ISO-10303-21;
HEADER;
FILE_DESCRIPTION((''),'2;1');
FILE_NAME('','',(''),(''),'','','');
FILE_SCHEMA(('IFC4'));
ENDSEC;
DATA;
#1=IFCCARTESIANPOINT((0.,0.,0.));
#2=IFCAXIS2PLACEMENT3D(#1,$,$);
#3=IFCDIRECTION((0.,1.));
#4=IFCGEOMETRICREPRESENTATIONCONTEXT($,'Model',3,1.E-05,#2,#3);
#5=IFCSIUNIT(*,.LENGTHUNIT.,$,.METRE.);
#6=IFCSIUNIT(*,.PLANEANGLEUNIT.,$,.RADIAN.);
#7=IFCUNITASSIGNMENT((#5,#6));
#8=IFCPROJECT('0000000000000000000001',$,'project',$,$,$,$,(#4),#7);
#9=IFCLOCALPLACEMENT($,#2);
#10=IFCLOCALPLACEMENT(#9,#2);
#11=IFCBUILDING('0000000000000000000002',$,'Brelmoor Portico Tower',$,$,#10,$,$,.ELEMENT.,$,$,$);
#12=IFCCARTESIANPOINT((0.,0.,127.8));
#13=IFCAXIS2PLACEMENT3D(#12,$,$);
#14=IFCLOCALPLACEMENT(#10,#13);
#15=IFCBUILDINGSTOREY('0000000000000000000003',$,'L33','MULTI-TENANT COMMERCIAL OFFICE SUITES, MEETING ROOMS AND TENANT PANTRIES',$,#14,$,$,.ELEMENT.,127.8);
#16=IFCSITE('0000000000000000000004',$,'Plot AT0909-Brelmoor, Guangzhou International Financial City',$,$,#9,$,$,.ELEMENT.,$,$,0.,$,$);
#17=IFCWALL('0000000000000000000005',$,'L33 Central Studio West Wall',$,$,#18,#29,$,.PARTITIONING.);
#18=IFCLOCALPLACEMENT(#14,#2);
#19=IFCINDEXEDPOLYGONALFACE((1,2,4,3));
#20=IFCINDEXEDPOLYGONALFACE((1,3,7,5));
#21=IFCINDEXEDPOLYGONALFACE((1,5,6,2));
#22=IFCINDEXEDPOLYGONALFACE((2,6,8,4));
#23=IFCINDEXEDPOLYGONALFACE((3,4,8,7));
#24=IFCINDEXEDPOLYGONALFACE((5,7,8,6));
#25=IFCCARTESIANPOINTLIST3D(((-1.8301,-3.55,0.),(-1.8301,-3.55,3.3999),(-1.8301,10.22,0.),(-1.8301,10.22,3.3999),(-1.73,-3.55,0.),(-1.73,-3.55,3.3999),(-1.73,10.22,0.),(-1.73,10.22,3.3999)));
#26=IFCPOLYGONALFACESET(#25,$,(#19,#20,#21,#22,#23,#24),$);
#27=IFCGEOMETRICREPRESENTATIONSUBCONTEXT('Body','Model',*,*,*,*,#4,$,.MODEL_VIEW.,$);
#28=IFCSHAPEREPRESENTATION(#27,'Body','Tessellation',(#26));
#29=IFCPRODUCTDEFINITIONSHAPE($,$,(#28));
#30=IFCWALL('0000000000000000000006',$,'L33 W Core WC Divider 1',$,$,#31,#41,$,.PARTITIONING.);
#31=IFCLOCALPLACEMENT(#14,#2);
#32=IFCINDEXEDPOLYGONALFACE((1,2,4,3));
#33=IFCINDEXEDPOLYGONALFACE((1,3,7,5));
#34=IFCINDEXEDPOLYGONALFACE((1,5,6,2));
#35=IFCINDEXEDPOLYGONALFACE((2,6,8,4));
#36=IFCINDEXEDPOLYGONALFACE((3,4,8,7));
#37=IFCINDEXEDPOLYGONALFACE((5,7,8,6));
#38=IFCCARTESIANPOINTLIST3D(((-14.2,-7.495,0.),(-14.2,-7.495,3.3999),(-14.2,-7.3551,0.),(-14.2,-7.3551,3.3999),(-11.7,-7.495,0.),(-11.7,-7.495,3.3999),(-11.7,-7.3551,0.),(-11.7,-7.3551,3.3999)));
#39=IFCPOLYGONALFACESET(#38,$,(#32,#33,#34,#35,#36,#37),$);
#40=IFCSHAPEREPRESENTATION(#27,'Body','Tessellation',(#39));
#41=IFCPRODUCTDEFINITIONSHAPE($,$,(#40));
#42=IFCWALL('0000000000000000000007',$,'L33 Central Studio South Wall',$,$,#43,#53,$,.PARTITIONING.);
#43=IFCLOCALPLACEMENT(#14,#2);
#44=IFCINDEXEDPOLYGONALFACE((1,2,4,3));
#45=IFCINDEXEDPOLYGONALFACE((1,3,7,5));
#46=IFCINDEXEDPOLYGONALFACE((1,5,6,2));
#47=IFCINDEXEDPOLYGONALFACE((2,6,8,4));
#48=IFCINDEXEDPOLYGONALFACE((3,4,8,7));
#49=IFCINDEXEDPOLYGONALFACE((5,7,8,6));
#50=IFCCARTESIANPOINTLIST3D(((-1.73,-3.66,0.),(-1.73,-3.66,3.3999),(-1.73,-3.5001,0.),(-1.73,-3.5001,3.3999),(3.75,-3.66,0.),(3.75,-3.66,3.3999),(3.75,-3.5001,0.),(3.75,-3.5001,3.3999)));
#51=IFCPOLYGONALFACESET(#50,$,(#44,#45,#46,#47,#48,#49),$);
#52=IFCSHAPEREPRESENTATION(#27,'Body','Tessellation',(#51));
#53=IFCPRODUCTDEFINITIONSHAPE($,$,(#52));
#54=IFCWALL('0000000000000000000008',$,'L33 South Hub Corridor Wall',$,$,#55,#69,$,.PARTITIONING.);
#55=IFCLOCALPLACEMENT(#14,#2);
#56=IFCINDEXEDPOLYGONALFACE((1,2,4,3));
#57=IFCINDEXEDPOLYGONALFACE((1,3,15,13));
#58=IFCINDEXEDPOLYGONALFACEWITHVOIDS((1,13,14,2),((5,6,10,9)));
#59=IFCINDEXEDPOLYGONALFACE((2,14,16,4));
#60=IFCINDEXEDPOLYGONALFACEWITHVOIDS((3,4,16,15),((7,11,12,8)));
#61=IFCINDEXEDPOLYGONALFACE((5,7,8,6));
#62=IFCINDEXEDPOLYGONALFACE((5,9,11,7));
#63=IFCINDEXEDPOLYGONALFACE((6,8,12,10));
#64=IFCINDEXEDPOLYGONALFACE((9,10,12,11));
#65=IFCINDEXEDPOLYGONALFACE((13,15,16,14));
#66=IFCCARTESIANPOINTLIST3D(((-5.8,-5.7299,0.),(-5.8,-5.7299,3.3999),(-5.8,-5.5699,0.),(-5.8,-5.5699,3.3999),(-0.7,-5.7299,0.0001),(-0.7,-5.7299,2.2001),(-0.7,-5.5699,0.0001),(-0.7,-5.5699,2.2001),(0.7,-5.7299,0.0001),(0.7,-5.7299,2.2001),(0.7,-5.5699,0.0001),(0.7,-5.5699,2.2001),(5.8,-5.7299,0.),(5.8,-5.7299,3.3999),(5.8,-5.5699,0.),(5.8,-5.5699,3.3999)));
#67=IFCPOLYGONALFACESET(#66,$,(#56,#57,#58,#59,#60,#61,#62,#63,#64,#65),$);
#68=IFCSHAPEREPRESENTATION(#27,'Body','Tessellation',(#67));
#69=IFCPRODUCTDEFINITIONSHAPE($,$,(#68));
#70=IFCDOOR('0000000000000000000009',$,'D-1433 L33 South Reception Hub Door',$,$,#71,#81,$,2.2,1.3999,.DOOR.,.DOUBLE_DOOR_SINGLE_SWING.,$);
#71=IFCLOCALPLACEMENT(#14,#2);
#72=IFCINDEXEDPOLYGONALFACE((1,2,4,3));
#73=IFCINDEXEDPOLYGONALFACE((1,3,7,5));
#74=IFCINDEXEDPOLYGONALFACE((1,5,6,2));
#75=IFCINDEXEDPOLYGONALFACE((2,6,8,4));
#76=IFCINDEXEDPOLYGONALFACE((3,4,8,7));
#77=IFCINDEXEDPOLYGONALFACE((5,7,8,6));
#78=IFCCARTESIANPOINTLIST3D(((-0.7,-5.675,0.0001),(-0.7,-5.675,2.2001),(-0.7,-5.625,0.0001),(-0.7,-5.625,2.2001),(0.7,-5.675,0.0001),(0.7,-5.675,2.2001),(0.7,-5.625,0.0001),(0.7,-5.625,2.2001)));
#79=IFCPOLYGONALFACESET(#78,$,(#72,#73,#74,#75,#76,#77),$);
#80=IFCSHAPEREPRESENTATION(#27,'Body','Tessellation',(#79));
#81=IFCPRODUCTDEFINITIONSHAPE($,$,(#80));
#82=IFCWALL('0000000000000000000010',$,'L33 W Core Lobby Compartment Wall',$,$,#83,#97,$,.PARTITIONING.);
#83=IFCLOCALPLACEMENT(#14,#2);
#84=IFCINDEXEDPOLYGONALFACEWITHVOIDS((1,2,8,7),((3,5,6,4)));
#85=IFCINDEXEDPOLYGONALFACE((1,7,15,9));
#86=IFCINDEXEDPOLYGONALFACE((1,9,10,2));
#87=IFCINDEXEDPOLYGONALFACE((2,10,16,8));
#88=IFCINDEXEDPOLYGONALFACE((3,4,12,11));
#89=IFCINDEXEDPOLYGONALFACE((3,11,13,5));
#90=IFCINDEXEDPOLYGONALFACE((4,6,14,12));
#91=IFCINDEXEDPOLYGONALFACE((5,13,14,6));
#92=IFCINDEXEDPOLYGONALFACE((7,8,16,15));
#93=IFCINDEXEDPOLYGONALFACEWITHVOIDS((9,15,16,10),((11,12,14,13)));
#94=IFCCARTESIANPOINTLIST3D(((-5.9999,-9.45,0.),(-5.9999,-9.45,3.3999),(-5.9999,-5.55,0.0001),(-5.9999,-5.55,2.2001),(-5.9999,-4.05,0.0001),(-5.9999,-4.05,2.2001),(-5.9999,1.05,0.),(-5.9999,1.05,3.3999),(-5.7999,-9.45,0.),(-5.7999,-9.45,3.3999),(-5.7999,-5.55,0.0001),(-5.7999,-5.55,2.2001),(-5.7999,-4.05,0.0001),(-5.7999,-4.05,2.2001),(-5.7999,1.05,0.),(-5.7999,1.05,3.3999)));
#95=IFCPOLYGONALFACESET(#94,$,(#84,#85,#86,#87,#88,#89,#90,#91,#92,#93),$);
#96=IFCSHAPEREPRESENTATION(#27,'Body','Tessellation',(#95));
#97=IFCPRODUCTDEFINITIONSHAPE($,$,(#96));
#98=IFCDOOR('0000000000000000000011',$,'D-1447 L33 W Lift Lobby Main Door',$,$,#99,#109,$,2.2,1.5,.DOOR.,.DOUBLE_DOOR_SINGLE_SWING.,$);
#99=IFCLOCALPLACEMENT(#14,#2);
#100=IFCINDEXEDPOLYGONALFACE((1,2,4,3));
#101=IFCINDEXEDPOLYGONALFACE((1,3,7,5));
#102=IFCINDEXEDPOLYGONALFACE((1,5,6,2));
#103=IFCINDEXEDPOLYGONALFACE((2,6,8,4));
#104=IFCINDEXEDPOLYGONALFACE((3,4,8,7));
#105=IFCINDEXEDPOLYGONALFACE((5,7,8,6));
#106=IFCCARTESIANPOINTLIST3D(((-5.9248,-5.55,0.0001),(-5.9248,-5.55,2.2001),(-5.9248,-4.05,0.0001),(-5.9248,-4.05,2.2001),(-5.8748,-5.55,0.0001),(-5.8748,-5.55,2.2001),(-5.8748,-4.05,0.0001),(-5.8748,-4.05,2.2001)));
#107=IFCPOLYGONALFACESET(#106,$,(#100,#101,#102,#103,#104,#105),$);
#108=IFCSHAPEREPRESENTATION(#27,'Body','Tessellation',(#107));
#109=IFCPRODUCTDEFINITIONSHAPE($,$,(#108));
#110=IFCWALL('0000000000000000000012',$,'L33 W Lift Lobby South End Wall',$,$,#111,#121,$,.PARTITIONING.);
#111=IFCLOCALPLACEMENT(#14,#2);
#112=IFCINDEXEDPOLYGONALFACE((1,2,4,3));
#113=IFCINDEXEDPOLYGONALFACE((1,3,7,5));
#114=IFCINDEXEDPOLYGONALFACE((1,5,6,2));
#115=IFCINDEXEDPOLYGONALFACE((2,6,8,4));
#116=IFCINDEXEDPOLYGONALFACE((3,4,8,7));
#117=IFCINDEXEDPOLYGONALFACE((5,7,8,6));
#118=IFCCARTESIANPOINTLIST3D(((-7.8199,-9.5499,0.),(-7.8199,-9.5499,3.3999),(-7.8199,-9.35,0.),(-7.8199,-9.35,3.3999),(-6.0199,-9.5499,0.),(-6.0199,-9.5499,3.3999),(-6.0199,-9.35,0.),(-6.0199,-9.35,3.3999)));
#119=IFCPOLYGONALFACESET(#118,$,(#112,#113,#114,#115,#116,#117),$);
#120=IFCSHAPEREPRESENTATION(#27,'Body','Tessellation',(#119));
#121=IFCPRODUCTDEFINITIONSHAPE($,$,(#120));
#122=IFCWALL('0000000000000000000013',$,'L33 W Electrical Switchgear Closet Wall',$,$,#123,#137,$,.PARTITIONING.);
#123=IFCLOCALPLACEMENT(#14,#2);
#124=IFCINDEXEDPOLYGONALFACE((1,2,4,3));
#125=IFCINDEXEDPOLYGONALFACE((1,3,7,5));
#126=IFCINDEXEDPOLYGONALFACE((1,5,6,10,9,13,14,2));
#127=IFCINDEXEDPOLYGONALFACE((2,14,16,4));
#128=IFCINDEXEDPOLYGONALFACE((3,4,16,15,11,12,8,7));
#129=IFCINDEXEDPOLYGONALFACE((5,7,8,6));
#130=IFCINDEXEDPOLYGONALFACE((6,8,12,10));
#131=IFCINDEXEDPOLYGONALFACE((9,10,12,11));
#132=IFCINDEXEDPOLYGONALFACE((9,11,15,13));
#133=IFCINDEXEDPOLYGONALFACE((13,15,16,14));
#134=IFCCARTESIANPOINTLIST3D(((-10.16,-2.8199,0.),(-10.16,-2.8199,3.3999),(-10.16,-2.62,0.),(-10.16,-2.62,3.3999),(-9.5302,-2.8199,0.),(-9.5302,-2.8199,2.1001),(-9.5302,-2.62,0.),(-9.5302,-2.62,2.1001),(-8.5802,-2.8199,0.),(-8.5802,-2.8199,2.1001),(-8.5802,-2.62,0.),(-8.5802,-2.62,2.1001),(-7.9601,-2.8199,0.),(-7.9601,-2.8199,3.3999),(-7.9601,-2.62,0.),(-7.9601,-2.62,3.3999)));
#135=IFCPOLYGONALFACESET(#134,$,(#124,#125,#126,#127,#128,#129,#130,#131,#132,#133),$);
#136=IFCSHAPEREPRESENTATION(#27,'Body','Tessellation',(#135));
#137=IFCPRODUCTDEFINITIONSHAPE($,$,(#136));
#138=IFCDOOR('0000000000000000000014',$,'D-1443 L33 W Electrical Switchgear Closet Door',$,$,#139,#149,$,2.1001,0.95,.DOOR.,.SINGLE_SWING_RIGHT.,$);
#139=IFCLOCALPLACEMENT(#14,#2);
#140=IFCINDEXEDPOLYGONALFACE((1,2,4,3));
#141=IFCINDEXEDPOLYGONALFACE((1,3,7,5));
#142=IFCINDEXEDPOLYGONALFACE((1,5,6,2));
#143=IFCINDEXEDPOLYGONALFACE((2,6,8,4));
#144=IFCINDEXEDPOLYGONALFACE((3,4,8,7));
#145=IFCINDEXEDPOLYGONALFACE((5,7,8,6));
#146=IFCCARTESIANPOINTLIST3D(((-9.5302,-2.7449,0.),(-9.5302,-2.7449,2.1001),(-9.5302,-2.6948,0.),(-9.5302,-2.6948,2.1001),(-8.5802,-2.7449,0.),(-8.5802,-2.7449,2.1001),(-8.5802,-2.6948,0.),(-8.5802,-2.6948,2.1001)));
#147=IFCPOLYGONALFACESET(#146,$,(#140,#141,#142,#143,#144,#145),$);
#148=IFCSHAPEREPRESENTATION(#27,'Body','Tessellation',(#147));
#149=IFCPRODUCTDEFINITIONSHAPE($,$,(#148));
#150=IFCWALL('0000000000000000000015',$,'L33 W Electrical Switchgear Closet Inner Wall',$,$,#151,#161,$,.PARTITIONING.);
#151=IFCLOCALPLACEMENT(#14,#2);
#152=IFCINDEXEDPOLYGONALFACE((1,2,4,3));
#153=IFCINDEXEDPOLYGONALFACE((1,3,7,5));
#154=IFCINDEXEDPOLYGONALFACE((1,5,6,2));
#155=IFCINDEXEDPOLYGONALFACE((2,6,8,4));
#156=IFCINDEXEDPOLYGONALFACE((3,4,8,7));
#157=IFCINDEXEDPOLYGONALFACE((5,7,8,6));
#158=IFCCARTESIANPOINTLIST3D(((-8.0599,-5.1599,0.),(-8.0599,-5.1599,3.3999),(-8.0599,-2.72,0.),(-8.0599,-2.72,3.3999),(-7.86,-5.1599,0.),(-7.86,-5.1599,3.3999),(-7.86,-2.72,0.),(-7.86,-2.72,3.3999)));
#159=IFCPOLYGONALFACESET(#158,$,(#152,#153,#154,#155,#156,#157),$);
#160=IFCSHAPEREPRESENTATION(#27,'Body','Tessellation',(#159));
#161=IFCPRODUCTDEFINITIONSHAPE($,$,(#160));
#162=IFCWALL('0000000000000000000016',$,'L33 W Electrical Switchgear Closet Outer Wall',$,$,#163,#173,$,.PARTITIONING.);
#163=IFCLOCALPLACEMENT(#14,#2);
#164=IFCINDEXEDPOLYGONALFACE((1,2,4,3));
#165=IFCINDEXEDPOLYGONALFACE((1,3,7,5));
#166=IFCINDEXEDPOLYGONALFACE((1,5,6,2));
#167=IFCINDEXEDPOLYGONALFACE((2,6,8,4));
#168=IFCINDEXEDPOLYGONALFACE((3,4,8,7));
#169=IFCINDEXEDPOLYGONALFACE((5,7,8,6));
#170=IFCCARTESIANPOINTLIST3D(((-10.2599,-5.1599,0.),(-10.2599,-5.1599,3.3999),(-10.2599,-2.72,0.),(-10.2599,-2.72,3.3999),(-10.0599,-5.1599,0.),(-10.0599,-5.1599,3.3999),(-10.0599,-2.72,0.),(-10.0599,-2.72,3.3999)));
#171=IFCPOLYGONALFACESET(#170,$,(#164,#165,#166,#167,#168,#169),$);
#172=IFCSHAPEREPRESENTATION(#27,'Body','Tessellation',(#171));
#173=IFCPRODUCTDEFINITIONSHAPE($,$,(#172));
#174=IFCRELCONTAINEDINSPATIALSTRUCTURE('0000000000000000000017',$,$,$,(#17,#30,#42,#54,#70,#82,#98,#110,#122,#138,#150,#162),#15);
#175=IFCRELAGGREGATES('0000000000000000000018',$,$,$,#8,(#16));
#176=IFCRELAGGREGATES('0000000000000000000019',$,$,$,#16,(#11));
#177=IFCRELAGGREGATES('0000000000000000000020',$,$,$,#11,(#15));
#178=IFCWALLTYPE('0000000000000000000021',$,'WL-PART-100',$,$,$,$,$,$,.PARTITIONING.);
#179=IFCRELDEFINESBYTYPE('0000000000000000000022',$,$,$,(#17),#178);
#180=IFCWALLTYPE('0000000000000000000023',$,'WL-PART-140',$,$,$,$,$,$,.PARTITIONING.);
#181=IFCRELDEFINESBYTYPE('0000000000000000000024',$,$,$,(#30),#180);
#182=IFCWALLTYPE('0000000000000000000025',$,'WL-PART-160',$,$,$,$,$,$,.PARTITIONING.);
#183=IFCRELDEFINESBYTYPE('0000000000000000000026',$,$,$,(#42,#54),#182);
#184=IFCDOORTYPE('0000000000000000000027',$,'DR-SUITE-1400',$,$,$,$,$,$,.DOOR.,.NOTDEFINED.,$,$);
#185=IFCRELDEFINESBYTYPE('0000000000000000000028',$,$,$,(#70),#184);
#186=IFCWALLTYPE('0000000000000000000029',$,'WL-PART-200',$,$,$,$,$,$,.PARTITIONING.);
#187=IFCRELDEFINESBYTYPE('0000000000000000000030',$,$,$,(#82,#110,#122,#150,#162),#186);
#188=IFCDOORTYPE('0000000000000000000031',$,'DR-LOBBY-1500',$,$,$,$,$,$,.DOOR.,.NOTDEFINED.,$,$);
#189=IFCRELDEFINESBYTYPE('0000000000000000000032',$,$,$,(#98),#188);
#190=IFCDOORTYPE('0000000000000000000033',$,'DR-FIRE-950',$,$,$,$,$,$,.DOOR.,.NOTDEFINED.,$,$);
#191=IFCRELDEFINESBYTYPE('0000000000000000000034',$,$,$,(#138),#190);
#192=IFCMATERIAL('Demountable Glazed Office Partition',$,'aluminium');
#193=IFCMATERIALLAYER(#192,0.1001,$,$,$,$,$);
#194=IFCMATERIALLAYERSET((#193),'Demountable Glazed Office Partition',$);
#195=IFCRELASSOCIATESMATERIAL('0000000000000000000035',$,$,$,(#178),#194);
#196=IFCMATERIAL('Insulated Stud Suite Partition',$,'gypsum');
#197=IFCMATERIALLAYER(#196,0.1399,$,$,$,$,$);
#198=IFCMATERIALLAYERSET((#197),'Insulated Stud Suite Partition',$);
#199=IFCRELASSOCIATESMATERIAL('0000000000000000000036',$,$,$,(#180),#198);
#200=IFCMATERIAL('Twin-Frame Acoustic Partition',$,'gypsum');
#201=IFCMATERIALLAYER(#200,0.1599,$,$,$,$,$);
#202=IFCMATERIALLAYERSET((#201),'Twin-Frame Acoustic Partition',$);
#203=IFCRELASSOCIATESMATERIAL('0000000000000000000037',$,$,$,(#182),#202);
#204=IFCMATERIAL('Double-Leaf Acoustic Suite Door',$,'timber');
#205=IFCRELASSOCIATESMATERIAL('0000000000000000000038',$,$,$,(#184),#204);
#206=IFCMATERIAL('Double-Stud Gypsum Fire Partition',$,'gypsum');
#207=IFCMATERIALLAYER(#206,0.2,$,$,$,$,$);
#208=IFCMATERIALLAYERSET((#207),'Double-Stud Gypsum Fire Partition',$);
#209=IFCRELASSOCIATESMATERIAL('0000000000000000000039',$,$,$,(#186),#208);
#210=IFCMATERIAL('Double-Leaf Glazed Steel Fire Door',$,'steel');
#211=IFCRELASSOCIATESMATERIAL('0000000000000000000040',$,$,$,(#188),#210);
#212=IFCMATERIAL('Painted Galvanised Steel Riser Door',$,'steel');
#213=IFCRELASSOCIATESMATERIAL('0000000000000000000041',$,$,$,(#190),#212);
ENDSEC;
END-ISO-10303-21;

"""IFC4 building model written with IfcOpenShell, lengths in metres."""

from ifc_helpers import new_model, si_unit, direction, frame, frame_2d, origin, place, context, subcontext, project, spatial, rectangle, extrude, material, layer, layer_set, type_object, element, fill, save


model = new_model("IFC4")

# Units and contexts
model_context = context("Model", 3, precision=1e-05, world=origin(), true_north=direction((0.0, 1.0)))
body_context = subcontext(model_context, "Body", "Model", "MODEL_VIEW")
ifc_project = project(units=[si_unit("LENGTHUNIT", "METRE"), si_unit("PLANEANGLEUNIT", "RADIAN")], contexts=[model_context])

# Site, building, storey
site_placement = place(None, origin())
site = spatial("IfcSite", under=ifc_project, at=site_placement, Name="Plot AT0909-Brelmoor, Guangzhou International Financial City", CompositionType="ELEMENT", RefElevation=0.0)
building_placement = place(site_placement, origin())
building = spatial("IfcBuilding", under=site, at=building_placement, Name="Brelmoor Portico Tower", CompositionType="ELEMENT")
storey_placement = place(building_placement, frame((0.0, 0.0, 127.8)))
storey = spatial("IfcBuildingStorey", under=building, at=storey_placement, Name="L33", Description="MULTI-TENANT COMMERCIAL OFFICE SUITES, MEETING ROOMS AND TENANT PANTRIES", CompositionType="ELEMENT", Elevation=127.8)

# Walls
ifc_material_1 = material(Name="Demountable Glazed Office Partition", Category="aluminium")
ifc_layer_1 = layer(ifc_material_1, 0.1001)
ifc_layer_set_1 = layer_set([ifc_layer_1], Name="Demountable Glazed Office Partition")
wall_type_1 = type_object("IfcWallType", Name="WL-PART-100", PredefinedType="PARTITIONING", material=ifc_layer_set_1)
wall_1_placement = place(storey_placement, frame((-1.78, -3.55, 0.0), z_axis=(0.0, 0.0, 1.0), x_axis=(0.0, 1.0, 0.0)))
element("IfcWall", 1, at=wall_1_placement, inside=storey, type_object=wall_type_1, Name="L33 Central Studio West Wall", PredefinedType="PARTITIONING", context=body_context, shape_type="SweptSolid", body=[
    extrude(rectangle(XDim=13.77, YDim=0.1001, at=frame_2d((6.885, 0.0))), origin(), (0.0, 0.0, 1.0), 3.3999),
])
ifc_material_2 = material(Name="Insulated Stud Suite Partition", Category="gypsum")
ifc_layer_2 = layer(ifc_material_2, 0.1399)
ifc_layer_set_2 = layer_set([ifc_layer_2], Name="Insulated Stud Suite Partition")
wall_type_2 = type_object("IfcWallType", Name="WL-PART-140", PredefinedType="PARTITIONING", material=ifc_layer_set_2)
wall_2_placement = place(storey_placement, frame((-11.7, -7.425, 0.0), z_axis=(0.0, 0.0, 1.0), x_axis=(-1.0, 0.0, 0.0)))
element("IfcWall", 2, at=wall_2_placement, inside=storey, type_object=wall_type_2, Name="L33 W Core WC Divider 1", PredefinedType="PARTITIONING", context=body_context, shape_type="SweptSolid", body=[
    extrude(rectangle(XDim=2.5, YDim=0.1399, at=frame_2d((1.25, 0.0))), origin(), (0.0, 0.0, 1.0), 3.3999),
])

# Shared definitions
ifc_material_3 = material(Name="Twin-Frame Acoustic Partition", Category="gypsum")
ifc_layer_3 = layer(ifc_material_3, 0.1599)
ifc_layer_set_3 = layer_set([ifc_layer_3], Name="Twin-Frame Acoustic Partition")
wall_type_3 = type_object("IfcWallType", Name="WL-PART-160", PredefinedType="PARTITIONING", material=ifc_layer_set_3)

# Wall
wall_3_placement = place(storey_placement, frame((-1.73, -3.5801, 0.0), z_axis=(0.0, 0.0, 1.0), x_axis=(1.0, 0.0, 0.0)))
element("IfcWall", 3, at=wall_3_placement, inside=storey, type_object=wall_type_3, Name="L33 Central Studio South Wall", PredefinedType="PARTITIONING", context=body_context, shape_type="SweptSolid", body=[
    extrude(rectangle(XDim=5.48, YDim=0.1599, at=frame_2d((2.74, 0.0))), origin(), (0.0, 0.0, 1.0), 3.3999),
])

# Walls, openings, doors
wall_4_placement = place(storey_placement, frame((-5.8, -5.6499, 0.0), z_axis=(0.0, 0.0, 1.0), x_axis=(1.0, 0.0, 0.0)))
wall_4 = element("IfcWall", 4, at=wall_4_placement, inside=storey, type_object=wall_type_3, Name="L33 South Hub Corridor Wall", PredefinedType="PARTITIONING", context=body_context, shape_type="SweptSolid", body=[
    extrude(rectangle(XDim=11.6001, YDim=0.1599, at=frame_2d((5.8, 0.0))), origin(), (0.0, 0.0, 1.0), 3.3999),
])
opening_1_placement = place(wall_4_placement, frame((5.1001, 0.0, 0.0)))
opening_1 = element("IfcOpeningElement", 5, at=opening_1_placement, cuts=wall_4, PredefinedType="OPENING", context=body_context, shape_type="SweptSolid", body=[
    extrude(rectangle(XDim=1.3999, YDim=2.2, at=frame_2d((0.7, 1.1001))), frame((0.0, 0.0898, 0.0), z_axis=(0.0, -1.0, 0.0), x_axis=(1.0, 0.0, 0.0)), (0.0, 0.0, 1.0), 0.1799),
])
ifc_material_4 = material(Name="Double-Leaf Acoustic Suite Door", Category="timber")
door_type_1 = type_object("IfcDoorType", Name="DR-SUITE-1400", OperationType="NOTDEFINED", PredefinedType="DOOR", material=ifc_material_4)
door_1_placement = place(opening_1_placement, origin())
door_1 = element("IfcDoor", 6, at=door_1_placement, inside=storey, type_object=door_type_1, Name="D-1433 L33 South Reception Hub Door", OperationType="DOUBLE_DOOR_SINGLE_SWING", OverallHeight=2.2, OverallWidth=1.3999, PredefinedType="DOOR", context=body_context, shape_type="SweptSolid", body=[
    extrude(rectangle(XDim=1.3999, YDim=2.2, at=frame_2d((0.7, 1.1001))), frame((0.0, 0.0249, 0.0), z_axis=(0.0, -1.0, 0.0), x_axis=(1.0, 0.0, 0.0)), (0.0, 0.0, 1.0), 0.05),
])
fill(opening_1, door_1)
ifc_material_5 = material(Name="Double-Stud Gypsum Fire Partition", Category="gypsum")
ifc_layer_4 = layer(ifc_material_5, 0.2)
ifc_layer_set_4 = layer_set([ifc_layer_4], Name="Double-Stud Gypsum Fire Partition")
wall_type_4 = type_object("IfcWallType", Name="WL-PART-200", PredefinedType="PARTITIONING", material=ifc_layer_set_4)
wall_5_placement = place(storey_placement, frame((-5.8999, -9.45, 0.0), z_axis=(0.0, 0.0, 1.0), x_axis=(0.0, 1.0, 0.0)))
wall_5 = element("IfcWall", 7, at=wall_5_placement, inside=storey, type_object=wall_type_4, Name="L33 W Core Lobby Compartment Wall", PredefinedType="PARTITIONING", context=body_context, shape_type="SweptSolid", body=[
    extrude(rectangle(XDim=10.5, YDim=0.2, at=frame_2d((5.25, 0.0))), origin(), (0.0, 0.0, 1.0), 3.3999),
])
opening_2_placement = place(wall_5_placement, frame((3.8999, 0.0, 0.0)))
opening_2 = element("IfcOpeningElement", 8, at=opening_2_placement, cuts=wall_5, PredefinedType="OPENING", context=body_context, shape_type="SweptSolid", body=[
    extrude(rectangle(XDim=1.5, YDim=2.2, at=frame_2d((0.75, 1.1001))), frame((0.0, 0.1099, 0.0), z_axis=(0.0, -1.0, 0.0), x_axis=(1.0, 0.0, 0.0)), (0.0, 0.0, 1.0), 0.22),
])
ifc_material_6 = material(Name="Double-Leaf Glazed Steel Fire Door", Category="steel")
door_type_2 = type_object("IfcDoorType", Name="DR-LOBBY-1500", OperationType="NOTDEFINED", PredefinedType="DOOR", material=ifc_material_6)
door_2_placement = place(opening_2_placement, origin())
door_2 = element("IfcDoor", 9, at=door_2_placement, inside=storey, type_object=door_type_2, Name="D-1447 L33 W Lift Lobby Main Door", OperationType="DOUBLE_DOOR_SINGLE_SWING", OverallHeight=2.2, OverallWidth=1.5, PredefinedType="DOOR", context=body_context, shape_type="SweptSolid", body=[
    extrude(rectangle(XDim=1.5, YDim=2.2, at=frame_2d((0.75, 1.1001))), frame((0.0, 0.0249, 0.0), z_axis=(0.0, -1.0, 0.0), x_axis=(1.0, 0.0, 0.0)), (0.0, 0.0, 1.0), 0.05),
])
fill(opening_2, door_2)

# Wall
wall_6_placement = place(storey_placement, frame((-6.02, -9.45, 0.0), z_axis=(0.0, 0.0, 1.0), x_axis=(-1.0, 0.0, 0.0)))
element("IfcWall", 10, at=wall_6_placement, inside=storey, type_object=wall_type_4, Name="L33 W Lift Lobby South End Wall", PredefinedType="PARTITIONING", context=body_context, shape_type="SweptSolid", body=[
    extrude(rectangle(XDim=1.8, YDim=0.2, at=frame_2d((0.8999, 0.0))), origin(), (0.0, 0.0, 1.0), 3.3999),
])

# Wall, opening, door
wall_7_placement = place(storey_placement, frame((-7.96, -2.72, 0.0), z_axis=(0.0, 0.0, 1.0), x_axis=(-1.0, 0.0, 0.0)))
wall_7 = element("IfcWall", 11, at=wall_7_placement, inside=storey, type_object=wall_type_4, Name="L33 W Electrical Switchgear Closet Wall", PredefinedType="PARTITIONING", context=body_context, shape_type="SweptSolid", body=[
    extrude(rectangle(XDim=2.2, YDim=0.2, at=frame_2d((1.1001, 0.0))), origin(), (0.0, 0.0, 1.0), 3.3999),
])
opening_3_placement = place(wall_7_placement, frame((0.6201, 0.0, 0.0)))
opening_3 = element("IfcOpeningElement", 12, at=opening_3_placement, cuts=wall_7, PredefinedType="OPENING", context=body_context, shape_type="SweptSolid", body=[
    extrude(rectangle(XDim=0.95, YDim=2.1001, at=frame_2d((0.4751, 1.05))), frame((0.0, 0.1099, 0.0), z_axis=(0.0, -1.0, 0.0), x_axis=(1.0, 0.0, 0.0)), (0.0, 0.0, 1.0), 0.22),
])
ifc_material_7 = material(Name="Painted Galvanised Steel Riser Door", Category="steel")
door_type_3 = type_object("IfcDoorType", Name="DR-FIRE-950", OperationType="NOTDEFINED", PredefinedType="DOOR", material=ifc_material_7)
door_3_placement = place(opening_3_placement, origin())
door_3 = element("IfcDoor", 13, at=door_3_placement, inside=storey, type_object=door_type_3, Name="D-1443 L33 W Electrical Switchgear Closet Door", OperationType="SINGLE_SWING_RIGHT", OverallHeight=2.1001, OverallWidth=0.95, PredefinedType="DOOR", context=body_context, shape_type="SweptSolid", body=[
    extrude(rectangle(XDim=0.95, YDim=2.1001, at=frame_2d((0.4751, 1.05))), frame((0.0, 0.0249, 0.0), z_axis=(0.0, -1.0, 0.0), x_axis=(1.0, 0.0, 0.0)), (0.0, 0.0, 1.0), 0.05),
])
fill(opening_3, door_3)

# Walls
for number, where, z_axis, x_axis, name in (
    (14, (-7.96, -5.1599, 0.0), (0.0, 0.0, 1.0), (0.0, 1.0, 0.0), "L33 W Electrical Switchgear Closet Inner Wall"),
    (15, (-10.1599, -5.1599, 0.0), (0.0, 0.0, 1.0), (0.0, 1.0, 0.0), "L33 W Electrical Switchgear Closet Outer Wall"),
):
    element("IfcWall", number, at=place(storey_placement, frame(where, z_axis=z_axis, x_axis=x_axis)), inside=storey, type_object=wall_type_4, Name=name, PredefinedType="PARTITIONING", context=body_context, shape_type="SweptSolid", body=[
        extrude(rectangle(XDim=2.4399, YDim=0.2, at=frame_2d((1.22, 0.0))), origin(), (0.0, 0.0, 1.0), 3.3999),
    ])

save(model, "model.ifc")
